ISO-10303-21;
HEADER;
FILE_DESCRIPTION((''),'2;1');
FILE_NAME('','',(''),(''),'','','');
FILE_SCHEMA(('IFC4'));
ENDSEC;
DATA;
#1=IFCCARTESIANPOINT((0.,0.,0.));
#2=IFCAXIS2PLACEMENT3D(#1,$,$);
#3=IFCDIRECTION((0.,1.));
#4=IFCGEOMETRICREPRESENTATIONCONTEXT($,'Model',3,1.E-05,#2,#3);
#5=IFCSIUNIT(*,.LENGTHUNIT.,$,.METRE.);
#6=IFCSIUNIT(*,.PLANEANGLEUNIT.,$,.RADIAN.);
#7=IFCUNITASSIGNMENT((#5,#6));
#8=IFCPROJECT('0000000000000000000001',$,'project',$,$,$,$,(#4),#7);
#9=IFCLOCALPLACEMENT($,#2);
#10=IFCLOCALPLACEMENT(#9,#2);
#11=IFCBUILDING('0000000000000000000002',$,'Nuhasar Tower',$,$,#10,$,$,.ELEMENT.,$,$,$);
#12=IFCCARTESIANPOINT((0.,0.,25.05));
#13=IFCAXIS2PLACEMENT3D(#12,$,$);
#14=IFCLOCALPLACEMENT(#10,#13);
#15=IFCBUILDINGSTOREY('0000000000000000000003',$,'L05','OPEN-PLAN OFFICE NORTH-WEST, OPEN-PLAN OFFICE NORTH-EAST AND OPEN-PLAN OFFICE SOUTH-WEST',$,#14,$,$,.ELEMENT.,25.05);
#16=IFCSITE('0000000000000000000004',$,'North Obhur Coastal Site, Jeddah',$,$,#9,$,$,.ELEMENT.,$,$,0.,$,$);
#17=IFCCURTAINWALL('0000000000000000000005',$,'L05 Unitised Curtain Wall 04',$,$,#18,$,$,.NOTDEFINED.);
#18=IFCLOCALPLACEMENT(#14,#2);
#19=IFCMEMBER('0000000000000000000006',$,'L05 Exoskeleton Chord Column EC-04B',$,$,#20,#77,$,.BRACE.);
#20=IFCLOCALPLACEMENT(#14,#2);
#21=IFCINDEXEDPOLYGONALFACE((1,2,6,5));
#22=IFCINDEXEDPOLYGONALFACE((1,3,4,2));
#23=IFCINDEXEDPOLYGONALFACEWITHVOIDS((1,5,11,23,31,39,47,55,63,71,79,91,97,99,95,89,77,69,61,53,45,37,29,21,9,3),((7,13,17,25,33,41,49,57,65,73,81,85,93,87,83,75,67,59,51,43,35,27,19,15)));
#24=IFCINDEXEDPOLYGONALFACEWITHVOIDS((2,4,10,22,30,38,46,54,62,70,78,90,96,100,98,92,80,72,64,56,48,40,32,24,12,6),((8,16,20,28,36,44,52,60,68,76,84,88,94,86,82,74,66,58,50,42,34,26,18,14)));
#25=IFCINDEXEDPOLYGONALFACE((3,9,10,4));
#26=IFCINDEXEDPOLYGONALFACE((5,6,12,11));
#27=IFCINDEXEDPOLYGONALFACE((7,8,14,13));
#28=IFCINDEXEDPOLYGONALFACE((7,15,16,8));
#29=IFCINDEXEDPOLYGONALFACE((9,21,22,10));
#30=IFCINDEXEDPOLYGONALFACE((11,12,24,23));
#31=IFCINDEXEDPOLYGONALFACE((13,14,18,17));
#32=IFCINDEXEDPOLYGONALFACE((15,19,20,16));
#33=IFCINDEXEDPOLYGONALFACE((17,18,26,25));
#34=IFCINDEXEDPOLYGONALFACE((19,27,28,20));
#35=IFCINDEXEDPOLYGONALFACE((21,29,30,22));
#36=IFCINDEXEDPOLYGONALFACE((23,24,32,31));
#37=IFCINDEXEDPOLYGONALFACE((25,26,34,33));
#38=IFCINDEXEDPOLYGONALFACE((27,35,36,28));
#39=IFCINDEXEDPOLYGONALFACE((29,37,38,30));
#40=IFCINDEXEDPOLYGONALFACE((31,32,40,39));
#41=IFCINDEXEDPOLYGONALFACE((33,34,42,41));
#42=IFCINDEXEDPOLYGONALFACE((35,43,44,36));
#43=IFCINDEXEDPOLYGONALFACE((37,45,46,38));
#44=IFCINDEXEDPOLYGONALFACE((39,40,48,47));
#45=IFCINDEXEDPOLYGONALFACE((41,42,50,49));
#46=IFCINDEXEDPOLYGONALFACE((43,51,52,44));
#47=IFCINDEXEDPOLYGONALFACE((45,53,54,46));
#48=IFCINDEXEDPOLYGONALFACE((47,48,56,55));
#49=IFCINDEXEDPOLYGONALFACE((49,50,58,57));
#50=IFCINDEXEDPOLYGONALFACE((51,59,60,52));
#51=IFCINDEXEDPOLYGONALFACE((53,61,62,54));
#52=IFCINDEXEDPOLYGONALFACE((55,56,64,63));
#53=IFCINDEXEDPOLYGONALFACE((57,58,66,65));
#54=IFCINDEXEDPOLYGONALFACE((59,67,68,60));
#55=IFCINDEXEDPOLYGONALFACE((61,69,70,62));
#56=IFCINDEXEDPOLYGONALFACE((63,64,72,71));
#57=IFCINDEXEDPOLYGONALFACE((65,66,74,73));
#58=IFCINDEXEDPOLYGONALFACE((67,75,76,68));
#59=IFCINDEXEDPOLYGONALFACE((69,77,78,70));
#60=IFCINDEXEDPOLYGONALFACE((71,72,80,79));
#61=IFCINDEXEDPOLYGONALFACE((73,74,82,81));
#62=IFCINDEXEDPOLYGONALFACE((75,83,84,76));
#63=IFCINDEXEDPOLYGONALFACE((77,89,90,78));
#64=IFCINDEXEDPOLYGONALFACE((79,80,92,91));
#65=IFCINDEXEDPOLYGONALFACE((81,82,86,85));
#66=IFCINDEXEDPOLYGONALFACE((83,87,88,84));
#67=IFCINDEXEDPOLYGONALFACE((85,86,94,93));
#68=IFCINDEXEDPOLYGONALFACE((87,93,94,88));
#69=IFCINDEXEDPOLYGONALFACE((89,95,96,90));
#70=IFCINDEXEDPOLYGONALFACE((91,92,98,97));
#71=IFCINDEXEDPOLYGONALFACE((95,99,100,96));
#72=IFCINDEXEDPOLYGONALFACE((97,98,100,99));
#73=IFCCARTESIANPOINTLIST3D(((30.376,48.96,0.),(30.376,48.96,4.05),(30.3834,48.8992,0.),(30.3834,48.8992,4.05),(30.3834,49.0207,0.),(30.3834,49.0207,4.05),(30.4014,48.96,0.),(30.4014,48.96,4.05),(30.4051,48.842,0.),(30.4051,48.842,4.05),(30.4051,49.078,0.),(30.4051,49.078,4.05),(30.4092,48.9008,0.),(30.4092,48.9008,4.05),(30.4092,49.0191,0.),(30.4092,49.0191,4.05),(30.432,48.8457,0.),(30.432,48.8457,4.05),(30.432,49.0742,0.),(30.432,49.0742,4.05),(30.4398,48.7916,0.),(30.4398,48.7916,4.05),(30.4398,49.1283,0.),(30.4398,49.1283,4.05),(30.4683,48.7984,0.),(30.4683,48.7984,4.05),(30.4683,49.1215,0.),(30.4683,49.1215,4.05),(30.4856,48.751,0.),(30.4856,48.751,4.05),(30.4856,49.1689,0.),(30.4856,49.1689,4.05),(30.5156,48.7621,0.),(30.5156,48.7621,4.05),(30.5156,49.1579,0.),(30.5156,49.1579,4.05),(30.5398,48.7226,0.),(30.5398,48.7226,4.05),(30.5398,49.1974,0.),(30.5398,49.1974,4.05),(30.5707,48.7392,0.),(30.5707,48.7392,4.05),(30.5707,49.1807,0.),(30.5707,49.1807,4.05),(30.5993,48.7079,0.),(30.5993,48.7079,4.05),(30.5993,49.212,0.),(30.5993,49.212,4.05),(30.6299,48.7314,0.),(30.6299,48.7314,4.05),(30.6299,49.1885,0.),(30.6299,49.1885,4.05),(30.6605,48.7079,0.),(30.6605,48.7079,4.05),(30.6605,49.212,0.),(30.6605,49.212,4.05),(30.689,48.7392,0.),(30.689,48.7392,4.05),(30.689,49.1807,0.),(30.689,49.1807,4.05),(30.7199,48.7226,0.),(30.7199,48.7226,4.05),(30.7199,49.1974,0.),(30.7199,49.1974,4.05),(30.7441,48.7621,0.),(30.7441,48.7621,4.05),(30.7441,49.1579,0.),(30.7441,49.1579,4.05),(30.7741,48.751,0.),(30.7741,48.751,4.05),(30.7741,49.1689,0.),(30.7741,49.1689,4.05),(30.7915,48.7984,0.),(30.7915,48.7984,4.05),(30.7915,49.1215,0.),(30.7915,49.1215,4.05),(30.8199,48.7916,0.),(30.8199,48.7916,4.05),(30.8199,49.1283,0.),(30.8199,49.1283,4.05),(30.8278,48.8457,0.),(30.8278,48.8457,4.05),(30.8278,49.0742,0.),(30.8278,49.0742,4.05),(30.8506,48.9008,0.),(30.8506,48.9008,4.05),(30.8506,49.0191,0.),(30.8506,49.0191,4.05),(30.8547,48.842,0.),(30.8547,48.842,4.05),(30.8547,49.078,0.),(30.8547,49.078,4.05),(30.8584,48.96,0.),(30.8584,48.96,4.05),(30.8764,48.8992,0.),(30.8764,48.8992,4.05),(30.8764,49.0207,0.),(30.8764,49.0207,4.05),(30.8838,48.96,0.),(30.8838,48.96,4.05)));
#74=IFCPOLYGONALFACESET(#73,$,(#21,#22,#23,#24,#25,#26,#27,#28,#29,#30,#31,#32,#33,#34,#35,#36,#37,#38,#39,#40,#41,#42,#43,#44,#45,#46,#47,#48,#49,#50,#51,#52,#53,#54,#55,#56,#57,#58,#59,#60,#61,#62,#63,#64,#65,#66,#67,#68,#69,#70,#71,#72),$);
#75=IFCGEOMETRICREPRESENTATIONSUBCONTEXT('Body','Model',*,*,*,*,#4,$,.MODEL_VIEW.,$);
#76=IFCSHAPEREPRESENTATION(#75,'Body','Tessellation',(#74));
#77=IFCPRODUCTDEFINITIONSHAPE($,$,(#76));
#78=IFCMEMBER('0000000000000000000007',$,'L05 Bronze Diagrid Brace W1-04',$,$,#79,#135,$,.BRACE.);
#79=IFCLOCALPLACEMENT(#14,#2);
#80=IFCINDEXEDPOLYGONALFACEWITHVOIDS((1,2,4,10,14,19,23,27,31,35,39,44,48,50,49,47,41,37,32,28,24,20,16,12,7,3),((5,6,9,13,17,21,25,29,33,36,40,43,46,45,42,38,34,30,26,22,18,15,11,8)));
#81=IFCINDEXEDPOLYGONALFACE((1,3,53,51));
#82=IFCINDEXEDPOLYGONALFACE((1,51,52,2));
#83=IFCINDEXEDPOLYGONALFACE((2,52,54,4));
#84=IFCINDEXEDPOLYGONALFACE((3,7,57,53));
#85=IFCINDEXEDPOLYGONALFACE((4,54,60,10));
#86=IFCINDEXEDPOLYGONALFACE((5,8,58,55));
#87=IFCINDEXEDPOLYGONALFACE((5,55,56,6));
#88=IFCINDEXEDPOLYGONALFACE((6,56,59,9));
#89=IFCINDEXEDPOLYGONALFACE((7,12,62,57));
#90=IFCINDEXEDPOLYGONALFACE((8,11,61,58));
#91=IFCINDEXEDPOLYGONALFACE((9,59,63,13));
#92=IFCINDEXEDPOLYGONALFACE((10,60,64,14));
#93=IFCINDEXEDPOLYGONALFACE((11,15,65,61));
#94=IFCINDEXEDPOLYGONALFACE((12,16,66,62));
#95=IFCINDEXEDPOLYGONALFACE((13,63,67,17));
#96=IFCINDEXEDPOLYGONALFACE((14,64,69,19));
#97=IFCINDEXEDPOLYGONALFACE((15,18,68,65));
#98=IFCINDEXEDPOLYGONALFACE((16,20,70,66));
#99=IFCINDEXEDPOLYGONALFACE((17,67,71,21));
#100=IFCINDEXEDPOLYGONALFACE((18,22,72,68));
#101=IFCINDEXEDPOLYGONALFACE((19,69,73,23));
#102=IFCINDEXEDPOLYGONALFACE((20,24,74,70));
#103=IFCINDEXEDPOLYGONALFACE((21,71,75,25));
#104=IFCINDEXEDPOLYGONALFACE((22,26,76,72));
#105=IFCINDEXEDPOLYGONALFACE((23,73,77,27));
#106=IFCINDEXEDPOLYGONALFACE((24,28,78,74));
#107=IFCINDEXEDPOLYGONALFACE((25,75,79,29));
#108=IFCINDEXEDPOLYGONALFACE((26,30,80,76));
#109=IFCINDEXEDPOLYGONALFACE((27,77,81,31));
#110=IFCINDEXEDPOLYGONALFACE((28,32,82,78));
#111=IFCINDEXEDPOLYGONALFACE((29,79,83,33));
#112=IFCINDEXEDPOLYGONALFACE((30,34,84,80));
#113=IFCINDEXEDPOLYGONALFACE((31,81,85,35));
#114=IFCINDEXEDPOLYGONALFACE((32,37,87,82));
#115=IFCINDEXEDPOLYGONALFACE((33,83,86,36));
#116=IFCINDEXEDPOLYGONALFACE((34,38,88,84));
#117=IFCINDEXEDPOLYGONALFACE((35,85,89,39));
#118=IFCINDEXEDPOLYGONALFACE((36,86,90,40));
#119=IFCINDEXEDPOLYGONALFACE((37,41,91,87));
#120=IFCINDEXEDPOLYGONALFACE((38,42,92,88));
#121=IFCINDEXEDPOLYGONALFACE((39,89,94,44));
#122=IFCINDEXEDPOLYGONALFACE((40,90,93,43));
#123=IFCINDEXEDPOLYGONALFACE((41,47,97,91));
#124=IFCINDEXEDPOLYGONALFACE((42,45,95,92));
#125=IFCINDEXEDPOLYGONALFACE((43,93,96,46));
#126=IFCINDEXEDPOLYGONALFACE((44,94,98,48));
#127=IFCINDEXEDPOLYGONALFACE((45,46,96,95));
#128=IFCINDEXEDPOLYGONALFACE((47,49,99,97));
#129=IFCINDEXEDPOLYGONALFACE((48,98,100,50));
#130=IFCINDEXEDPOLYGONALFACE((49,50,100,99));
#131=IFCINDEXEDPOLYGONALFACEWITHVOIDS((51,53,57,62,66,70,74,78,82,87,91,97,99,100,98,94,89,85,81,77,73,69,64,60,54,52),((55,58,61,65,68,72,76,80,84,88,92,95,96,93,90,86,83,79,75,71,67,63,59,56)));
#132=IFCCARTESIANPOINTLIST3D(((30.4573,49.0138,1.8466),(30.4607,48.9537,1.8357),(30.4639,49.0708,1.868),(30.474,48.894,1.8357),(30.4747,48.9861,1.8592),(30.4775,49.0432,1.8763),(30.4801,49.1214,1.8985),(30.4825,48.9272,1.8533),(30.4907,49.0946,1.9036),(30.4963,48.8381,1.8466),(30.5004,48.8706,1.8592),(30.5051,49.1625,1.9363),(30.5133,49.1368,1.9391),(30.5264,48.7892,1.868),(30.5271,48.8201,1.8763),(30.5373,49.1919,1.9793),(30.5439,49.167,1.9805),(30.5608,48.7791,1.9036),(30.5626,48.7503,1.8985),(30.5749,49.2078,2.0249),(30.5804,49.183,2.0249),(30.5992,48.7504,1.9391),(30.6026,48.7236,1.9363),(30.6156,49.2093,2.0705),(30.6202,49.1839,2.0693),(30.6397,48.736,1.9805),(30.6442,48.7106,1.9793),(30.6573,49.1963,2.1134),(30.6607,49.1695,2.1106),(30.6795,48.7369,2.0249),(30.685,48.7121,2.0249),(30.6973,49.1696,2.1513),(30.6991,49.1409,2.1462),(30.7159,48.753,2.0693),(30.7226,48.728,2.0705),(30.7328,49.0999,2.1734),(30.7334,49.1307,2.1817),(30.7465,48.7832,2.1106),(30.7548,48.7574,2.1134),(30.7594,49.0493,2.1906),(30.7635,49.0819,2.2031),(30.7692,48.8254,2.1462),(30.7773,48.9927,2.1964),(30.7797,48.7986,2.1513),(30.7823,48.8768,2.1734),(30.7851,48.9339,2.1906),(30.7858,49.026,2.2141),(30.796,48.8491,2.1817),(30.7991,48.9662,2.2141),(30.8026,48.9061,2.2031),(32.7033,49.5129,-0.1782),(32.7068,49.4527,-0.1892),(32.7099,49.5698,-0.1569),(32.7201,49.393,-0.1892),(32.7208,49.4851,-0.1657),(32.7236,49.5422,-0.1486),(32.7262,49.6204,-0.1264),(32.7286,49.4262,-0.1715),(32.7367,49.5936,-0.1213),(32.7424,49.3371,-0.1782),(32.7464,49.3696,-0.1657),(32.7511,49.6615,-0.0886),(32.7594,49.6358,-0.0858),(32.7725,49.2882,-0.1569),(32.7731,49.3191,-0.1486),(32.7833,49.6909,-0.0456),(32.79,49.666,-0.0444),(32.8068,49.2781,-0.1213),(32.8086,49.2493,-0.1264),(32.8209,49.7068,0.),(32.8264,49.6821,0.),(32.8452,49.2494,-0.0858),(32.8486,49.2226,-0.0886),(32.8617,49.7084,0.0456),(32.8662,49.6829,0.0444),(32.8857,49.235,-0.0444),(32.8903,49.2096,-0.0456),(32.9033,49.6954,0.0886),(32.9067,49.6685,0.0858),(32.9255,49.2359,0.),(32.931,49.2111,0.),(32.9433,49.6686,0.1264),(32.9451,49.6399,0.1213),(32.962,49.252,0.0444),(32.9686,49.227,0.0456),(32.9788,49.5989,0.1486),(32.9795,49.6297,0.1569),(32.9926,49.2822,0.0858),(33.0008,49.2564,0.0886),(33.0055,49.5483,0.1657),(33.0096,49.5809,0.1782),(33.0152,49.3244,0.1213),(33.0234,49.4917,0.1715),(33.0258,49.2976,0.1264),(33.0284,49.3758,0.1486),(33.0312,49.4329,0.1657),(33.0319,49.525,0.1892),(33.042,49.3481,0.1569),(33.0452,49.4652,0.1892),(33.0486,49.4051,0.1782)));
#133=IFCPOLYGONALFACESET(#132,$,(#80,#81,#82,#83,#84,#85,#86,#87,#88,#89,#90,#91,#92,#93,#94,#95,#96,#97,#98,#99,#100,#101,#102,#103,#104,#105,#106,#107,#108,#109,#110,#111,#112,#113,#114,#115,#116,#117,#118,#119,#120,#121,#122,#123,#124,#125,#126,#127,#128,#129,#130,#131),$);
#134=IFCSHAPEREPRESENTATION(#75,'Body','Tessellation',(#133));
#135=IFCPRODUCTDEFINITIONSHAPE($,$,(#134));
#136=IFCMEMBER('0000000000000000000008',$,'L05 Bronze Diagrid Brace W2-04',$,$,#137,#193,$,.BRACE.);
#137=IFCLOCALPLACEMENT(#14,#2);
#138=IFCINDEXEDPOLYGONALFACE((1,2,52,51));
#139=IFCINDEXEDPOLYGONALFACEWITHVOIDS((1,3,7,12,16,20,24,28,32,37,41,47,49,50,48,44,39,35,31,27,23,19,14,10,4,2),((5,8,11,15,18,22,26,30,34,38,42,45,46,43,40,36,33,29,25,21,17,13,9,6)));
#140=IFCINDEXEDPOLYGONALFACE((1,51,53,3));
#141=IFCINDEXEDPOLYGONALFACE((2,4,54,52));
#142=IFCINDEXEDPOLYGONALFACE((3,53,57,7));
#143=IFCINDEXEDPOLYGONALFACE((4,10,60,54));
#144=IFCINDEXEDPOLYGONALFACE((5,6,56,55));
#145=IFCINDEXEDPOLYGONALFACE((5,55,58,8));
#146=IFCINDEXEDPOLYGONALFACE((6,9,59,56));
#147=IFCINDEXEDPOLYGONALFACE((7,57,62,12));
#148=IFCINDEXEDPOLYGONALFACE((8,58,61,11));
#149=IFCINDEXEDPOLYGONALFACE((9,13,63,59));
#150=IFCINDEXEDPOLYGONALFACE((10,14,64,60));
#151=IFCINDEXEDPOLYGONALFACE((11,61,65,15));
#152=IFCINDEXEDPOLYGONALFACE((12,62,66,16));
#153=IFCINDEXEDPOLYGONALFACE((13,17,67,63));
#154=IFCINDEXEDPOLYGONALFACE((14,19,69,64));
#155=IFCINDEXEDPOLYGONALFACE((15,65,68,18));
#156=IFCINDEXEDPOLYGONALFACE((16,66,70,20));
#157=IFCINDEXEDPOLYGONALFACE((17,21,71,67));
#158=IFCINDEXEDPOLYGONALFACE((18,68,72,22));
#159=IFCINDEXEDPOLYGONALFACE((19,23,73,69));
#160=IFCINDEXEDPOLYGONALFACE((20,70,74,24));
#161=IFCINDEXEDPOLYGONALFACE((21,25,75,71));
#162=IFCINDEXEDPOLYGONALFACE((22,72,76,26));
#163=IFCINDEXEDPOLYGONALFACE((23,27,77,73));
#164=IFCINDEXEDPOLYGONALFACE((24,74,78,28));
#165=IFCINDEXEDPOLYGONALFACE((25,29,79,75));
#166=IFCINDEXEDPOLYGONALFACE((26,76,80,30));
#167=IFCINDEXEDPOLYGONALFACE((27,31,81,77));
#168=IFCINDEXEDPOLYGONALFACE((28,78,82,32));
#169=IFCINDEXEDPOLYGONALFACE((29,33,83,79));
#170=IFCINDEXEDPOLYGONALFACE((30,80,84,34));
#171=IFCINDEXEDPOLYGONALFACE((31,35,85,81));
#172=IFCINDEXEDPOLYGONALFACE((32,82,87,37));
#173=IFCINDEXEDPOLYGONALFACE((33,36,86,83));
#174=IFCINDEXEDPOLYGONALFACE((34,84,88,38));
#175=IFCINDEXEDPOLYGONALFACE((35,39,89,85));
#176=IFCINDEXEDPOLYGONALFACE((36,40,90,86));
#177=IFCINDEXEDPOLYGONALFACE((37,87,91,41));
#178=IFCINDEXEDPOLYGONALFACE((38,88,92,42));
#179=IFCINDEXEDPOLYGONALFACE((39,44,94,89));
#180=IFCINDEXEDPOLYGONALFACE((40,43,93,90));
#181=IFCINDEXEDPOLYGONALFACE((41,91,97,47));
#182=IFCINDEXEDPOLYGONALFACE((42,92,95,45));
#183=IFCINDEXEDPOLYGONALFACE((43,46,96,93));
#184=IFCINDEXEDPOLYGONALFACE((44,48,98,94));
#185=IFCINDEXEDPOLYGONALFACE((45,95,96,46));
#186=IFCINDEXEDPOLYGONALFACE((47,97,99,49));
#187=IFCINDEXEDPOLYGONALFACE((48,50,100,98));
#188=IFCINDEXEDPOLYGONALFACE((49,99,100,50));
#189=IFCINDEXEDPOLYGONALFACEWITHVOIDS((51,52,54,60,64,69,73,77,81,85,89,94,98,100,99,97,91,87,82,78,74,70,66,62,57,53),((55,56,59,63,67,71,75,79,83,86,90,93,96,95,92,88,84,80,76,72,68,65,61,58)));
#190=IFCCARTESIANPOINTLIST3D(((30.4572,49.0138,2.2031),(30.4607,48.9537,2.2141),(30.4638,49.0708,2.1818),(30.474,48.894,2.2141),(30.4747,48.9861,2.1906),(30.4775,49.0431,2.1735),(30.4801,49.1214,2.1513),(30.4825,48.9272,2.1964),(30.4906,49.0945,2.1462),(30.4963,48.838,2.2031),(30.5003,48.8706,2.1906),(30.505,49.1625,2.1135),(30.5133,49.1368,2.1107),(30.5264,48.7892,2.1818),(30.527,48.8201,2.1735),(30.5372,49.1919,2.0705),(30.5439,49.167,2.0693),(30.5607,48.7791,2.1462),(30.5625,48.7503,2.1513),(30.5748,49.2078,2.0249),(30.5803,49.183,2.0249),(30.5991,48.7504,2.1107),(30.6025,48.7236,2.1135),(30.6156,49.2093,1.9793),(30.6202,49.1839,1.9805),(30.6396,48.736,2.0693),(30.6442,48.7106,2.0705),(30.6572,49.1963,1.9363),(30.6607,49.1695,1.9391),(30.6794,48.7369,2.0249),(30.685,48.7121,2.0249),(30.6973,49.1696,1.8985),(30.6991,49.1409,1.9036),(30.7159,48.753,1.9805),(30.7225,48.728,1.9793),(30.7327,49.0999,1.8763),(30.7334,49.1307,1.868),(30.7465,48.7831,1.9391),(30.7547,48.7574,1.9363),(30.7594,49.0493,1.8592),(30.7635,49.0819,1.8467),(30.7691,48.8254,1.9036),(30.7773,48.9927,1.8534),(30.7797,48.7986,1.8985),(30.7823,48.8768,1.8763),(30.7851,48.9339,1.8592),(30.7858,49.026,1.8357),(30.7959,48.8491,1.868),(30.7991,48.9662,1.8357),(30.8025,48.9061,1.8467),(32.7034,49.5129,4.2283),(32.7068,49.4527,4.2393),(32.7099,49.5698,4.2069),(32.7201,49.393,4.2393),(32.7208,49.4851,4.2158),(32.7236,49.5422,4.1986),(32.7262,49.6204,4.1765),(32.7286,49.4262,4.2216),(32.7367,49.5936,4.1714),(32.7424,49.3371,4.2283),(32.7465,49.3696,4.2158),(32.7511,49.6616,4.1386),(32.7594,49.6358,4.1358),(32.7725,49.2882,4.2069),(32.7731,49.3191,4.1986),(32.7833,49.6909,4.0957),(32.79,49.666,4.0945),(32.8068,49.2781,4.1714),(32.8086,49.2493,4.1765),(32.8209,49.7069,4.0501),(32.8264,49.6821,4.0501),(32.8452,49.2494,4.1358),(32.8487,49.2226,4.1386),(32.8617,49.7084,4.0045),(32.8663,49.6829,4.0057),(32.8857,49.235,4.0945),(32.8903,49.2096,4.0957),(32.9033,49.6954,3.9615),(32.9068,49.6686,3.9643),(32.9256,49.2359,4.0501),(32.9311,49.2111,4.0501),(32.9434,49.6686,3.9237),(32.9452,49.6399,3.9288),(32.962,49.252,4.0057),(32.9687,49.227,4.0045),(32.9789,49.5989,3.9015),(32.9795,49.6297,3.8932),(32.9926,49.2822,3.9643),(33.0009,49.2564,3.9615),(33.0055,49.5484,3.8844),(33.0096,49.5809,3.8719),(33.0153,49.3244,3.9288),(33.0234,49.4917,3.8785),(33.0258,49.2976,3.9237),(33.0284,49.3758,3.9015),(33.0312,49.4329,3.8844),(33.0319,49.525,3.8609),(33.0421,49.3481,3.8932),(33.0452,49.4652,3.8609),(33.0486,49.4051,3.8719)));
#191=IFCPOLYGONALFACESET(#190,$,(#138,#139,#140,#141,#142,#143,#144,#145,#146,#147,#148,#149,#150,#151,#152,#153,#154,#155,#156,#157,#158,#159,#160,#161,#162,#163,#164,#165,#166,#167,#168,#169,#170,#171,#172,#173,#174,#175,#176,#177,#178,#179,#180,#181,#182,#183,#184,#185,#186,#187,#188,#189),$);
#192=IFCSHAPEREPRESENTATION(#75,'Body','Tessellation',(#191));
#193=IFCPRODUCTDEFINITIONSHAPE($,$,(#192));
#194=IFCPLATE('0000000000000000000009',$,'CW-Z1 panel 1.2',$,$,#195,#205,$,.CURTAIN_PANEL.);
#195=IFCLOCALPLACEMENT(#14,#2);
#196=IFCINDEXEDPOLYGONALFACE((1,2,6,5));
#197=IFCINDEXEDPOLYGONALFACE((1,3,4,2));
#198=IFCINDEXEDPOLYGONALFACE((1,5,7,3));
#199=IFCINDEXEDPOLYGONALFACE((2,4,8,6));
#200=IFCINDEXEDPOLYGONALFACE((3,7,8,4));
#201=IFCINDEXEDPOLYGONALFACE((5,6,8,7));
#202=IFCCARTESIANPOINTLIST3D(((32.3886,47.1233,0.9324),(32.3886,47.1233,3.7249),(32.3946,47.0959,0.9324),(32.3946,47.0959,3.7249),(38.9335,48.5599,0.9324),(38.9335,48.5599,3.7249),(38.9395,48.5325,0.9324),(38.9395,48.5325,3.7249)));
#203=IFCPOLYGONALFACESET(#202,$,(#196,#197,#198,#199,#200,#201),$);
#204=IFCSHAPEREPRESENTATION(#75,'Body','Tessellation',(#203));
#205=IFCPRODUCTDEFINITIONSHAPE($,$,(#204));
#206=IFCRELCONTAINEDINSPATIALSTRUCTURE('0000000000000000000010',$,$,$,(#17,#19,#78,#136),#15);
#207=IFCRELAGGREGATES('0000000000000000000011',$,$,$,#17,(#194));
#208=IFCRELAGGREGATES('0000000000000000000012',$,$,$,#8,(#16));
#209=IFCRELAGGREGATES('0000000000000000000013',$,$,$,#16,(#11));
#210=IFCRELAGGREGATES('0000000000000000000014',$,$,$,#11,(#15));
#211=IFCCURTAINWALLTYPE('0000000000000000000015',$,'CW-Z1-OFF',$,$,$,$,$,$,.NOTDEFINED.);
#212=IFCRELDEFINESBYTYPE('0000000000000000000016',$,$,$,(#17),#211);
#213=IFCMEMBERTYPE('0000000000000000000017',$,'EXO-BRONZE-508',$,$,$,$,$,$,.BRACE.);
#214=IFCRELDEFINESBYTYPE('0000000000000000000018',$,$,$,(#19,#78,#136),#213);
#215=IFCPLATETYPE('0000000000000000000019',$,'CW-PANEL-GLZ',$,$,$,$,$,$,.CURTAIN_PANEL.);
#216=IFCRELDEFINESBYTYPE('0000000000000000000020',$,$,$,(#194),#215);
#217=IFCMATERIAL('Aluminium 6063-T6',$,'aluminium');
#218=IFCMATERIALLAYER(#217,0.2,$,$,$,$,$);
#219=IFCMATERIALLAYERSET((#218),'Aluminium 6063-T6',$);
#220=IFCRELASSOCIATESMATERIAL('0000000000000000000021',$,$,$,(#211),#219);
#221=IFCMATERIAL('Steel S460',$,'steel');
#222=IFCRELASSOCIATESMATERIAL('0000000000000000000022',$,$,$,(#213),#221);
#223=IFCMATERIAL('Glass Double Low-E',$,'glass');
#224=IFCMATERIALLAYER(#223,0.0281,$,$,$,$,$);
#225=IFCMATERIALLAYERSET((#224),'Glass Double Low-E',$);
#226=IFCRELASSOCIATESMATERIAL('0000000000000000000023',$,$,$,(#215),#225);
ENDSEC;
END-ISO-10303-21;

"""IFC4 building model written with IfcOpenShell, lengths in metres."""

from ifc_helpers import new_model, si_unit, direction, frame, origin, origin_2d, place, context, subcontext, project, spatial, rectangle, hollow_circle, extrude, material, layer, layer_set, material_profile, profile_set, type_object, element, aggregate, save


model = new_model("IFC4")

# Units and contexts
model_context = context("Model", 3, precision=1e-05, world=origin(), true_north=direction((0.0, 1.0)))
body_context = subcontext(model_context, "Body", "Model", "MODEL_VIEW")
ifc_project = project(units=[si_unit("LENGTHUNIT", "METRE"), si_unit("PLANEANGLEUNIT", "RADIAN")], contexts=[model_context])

# Site, building, storey
site_placement = place(None, origin())
site = spatial("IfcSite", under=ifc_project, at=site_placement, Name="North Obhur Coastal Site, Jeddah", CompositionType="ELEMENT", RefElevation=0.0)
building_placement = place(site_placement, origin())
building = spatial("IfcBuilding", under=site, at=building_placement, Name="Nuhasar Tower", CompositionType="ELEMENT")
storey_placement = place(building_placement, frame((0.0, 0.0, 25.05)))
storey = spatial("IfcBuildingStorey", under=building, at=storey_placement, Name="L05", Description="OPEN-PLAN OFFICE NORTH-WEST, OPEN-PLAN OFFICE NORTH-EAST AND OPEN-PLAN OFFICE SOUTH-WEST", CompositionType="ELEMENT", Elevation=25.05)

# Curtain wall
ifc_material_1 = material(Name="Aluminium 6063-T6", Category="aluminium")
ifc_layer_1 = layer(ifc_material_1, 0.2)
ifc_layer_set_1 = layer_set([ifc_layer_1], Name="Aluminium 6063-T6")
curtain_wall_type = type_object("IfcCurtainWallType", Name="CW-Z1-OFF", PredefinedType="NOTDEFINED", material=ifc_layer_set_1)
curtain_wall_placement = place(storey_placement, origin())
curtain_wall = element("IfcCurtainWall", 1, at=curtain_wall_placement, inside=storey, type_object=curtain_wall_type, Name="L05 Unitised Curtain Wall 04", PredefinedType="NOTDEFINED")

# Members
ifc_material_2 = material(Name="Steel S460", Category="steel")
ifc_material_profile_1 = material_profile(ifc_material_2, hollow_circle(Radius=0.2539, WallThickness=0.0254, at=origin_2d()), Name="HSS508X25.4")
ifc_profile_set_1 = profile_set([ifc_material_profile_1], Name="Steel S460")
member_type_1 = type_object("IfcMemberType", Name="EXO-BRONZE-508", PredefinedType="BRACE", material=ifc_profile_set_1)
for number, where, z_axis, x_axis, name in (
    (2, (30.6299, 48.96, 0.0), (0.0, 0.0, 1.0), (1.0, 0.0, 0.0), "L05 Exoskeleton Chord Column EC-04B"),
):
    element("IfcMember", number, at=place(storey_placement, frame(where, z_axis=z_axis, x_axis=x_axis)), inside=storey, type_object=member_type_1, Name=name, PredefinedType="BRACE", context=body_context, shape_type="SweptSolid", body=[
        extrude(hollow_circle(Radius=0.2539, WallThickness=0.0254, at=origin_2d()), origin(), (0.0, 0.0, 1.0), 4.05),
    ])
member_1_placement = place(storey_placement, frame((32.876, 49.459, 0.0), z_axis=(-0.732821, -0.162814, 0.660654), x_axis=(0.216886, -0.976197, 0.0)))
element("IfcMember", 3, at=member_1_placement, inside=storey, type_object=member_type_1, Name="L05 Bronze Diagrid Brace W1-04", PredefinedType="BRACE", context=body_context, shape_type="SweptSolid", body=[
    extrude(hollow_circle(Radius=0.2539, WallThickness=0.0254, at=origin_2d()), origin(), (0.0, 0.0, 1.0), 3.0649),
])
member_2_placement = place(storey_placement, frame((30.6299, 48.96, 2.0249), z_axis=(0.732783, 0.162805, 0.660699), x_axis=(-0.216886, 0.976197, 0.0)))
element("IfcMember", 4, at=member_2_placement, inside=storey, type_object=member_type_1, Name="L05 Bronze Diagrid Brace W2-04", PredefinedType="BRACE", context=body_context, shape_type="SweptSolid", body=[
    extrude(hollow_circle(Radius=0.2539, WallThickness=0.0254, at=origin_2d()), origin(), (0.0, 0.0, 1.0), 3.0652),
])

# Plate
ifc_material_3 = material(Name="Glass Double Low-E", Category="glass")
ifc_layer_2 = layer(ifc_material_3, 0.0281)
ifc_layer_set_2 = layer_set([ifc_layer_2], Name="Glass Double Low-E")
plate_type_1 = type_object("IfcPlateType", Name="CW-PANEL-GLZ", PredefinedType="CURTAIN_PANEL", material=ifc_layer_set_2)
plate_1_placement = place(storey_placement, frame((35.6641, 47.8279, 0.9324), z_axis=(0.0, 0.0, 1.0), x_axis=(-0.976746, -0.214399, 0.0)))
plate_1 = element("IfcPlate", 5, at=plate_1_placement, type_object=plate_type_1, Name="CW-Z1 panel 1.2", PredefinedType="CURTAIN_PANEL", context=body_context, shape_type="SweptSolid", body=[
    extrude(rectangle(XDim=6.7007, YDim=0.0281, at=origin_2d()), origin(), (0.0, 0.0, 1.0), 2.7925),
])
aggregate(curtain_wall, [plate_1])

save(model, "model.ifc")
